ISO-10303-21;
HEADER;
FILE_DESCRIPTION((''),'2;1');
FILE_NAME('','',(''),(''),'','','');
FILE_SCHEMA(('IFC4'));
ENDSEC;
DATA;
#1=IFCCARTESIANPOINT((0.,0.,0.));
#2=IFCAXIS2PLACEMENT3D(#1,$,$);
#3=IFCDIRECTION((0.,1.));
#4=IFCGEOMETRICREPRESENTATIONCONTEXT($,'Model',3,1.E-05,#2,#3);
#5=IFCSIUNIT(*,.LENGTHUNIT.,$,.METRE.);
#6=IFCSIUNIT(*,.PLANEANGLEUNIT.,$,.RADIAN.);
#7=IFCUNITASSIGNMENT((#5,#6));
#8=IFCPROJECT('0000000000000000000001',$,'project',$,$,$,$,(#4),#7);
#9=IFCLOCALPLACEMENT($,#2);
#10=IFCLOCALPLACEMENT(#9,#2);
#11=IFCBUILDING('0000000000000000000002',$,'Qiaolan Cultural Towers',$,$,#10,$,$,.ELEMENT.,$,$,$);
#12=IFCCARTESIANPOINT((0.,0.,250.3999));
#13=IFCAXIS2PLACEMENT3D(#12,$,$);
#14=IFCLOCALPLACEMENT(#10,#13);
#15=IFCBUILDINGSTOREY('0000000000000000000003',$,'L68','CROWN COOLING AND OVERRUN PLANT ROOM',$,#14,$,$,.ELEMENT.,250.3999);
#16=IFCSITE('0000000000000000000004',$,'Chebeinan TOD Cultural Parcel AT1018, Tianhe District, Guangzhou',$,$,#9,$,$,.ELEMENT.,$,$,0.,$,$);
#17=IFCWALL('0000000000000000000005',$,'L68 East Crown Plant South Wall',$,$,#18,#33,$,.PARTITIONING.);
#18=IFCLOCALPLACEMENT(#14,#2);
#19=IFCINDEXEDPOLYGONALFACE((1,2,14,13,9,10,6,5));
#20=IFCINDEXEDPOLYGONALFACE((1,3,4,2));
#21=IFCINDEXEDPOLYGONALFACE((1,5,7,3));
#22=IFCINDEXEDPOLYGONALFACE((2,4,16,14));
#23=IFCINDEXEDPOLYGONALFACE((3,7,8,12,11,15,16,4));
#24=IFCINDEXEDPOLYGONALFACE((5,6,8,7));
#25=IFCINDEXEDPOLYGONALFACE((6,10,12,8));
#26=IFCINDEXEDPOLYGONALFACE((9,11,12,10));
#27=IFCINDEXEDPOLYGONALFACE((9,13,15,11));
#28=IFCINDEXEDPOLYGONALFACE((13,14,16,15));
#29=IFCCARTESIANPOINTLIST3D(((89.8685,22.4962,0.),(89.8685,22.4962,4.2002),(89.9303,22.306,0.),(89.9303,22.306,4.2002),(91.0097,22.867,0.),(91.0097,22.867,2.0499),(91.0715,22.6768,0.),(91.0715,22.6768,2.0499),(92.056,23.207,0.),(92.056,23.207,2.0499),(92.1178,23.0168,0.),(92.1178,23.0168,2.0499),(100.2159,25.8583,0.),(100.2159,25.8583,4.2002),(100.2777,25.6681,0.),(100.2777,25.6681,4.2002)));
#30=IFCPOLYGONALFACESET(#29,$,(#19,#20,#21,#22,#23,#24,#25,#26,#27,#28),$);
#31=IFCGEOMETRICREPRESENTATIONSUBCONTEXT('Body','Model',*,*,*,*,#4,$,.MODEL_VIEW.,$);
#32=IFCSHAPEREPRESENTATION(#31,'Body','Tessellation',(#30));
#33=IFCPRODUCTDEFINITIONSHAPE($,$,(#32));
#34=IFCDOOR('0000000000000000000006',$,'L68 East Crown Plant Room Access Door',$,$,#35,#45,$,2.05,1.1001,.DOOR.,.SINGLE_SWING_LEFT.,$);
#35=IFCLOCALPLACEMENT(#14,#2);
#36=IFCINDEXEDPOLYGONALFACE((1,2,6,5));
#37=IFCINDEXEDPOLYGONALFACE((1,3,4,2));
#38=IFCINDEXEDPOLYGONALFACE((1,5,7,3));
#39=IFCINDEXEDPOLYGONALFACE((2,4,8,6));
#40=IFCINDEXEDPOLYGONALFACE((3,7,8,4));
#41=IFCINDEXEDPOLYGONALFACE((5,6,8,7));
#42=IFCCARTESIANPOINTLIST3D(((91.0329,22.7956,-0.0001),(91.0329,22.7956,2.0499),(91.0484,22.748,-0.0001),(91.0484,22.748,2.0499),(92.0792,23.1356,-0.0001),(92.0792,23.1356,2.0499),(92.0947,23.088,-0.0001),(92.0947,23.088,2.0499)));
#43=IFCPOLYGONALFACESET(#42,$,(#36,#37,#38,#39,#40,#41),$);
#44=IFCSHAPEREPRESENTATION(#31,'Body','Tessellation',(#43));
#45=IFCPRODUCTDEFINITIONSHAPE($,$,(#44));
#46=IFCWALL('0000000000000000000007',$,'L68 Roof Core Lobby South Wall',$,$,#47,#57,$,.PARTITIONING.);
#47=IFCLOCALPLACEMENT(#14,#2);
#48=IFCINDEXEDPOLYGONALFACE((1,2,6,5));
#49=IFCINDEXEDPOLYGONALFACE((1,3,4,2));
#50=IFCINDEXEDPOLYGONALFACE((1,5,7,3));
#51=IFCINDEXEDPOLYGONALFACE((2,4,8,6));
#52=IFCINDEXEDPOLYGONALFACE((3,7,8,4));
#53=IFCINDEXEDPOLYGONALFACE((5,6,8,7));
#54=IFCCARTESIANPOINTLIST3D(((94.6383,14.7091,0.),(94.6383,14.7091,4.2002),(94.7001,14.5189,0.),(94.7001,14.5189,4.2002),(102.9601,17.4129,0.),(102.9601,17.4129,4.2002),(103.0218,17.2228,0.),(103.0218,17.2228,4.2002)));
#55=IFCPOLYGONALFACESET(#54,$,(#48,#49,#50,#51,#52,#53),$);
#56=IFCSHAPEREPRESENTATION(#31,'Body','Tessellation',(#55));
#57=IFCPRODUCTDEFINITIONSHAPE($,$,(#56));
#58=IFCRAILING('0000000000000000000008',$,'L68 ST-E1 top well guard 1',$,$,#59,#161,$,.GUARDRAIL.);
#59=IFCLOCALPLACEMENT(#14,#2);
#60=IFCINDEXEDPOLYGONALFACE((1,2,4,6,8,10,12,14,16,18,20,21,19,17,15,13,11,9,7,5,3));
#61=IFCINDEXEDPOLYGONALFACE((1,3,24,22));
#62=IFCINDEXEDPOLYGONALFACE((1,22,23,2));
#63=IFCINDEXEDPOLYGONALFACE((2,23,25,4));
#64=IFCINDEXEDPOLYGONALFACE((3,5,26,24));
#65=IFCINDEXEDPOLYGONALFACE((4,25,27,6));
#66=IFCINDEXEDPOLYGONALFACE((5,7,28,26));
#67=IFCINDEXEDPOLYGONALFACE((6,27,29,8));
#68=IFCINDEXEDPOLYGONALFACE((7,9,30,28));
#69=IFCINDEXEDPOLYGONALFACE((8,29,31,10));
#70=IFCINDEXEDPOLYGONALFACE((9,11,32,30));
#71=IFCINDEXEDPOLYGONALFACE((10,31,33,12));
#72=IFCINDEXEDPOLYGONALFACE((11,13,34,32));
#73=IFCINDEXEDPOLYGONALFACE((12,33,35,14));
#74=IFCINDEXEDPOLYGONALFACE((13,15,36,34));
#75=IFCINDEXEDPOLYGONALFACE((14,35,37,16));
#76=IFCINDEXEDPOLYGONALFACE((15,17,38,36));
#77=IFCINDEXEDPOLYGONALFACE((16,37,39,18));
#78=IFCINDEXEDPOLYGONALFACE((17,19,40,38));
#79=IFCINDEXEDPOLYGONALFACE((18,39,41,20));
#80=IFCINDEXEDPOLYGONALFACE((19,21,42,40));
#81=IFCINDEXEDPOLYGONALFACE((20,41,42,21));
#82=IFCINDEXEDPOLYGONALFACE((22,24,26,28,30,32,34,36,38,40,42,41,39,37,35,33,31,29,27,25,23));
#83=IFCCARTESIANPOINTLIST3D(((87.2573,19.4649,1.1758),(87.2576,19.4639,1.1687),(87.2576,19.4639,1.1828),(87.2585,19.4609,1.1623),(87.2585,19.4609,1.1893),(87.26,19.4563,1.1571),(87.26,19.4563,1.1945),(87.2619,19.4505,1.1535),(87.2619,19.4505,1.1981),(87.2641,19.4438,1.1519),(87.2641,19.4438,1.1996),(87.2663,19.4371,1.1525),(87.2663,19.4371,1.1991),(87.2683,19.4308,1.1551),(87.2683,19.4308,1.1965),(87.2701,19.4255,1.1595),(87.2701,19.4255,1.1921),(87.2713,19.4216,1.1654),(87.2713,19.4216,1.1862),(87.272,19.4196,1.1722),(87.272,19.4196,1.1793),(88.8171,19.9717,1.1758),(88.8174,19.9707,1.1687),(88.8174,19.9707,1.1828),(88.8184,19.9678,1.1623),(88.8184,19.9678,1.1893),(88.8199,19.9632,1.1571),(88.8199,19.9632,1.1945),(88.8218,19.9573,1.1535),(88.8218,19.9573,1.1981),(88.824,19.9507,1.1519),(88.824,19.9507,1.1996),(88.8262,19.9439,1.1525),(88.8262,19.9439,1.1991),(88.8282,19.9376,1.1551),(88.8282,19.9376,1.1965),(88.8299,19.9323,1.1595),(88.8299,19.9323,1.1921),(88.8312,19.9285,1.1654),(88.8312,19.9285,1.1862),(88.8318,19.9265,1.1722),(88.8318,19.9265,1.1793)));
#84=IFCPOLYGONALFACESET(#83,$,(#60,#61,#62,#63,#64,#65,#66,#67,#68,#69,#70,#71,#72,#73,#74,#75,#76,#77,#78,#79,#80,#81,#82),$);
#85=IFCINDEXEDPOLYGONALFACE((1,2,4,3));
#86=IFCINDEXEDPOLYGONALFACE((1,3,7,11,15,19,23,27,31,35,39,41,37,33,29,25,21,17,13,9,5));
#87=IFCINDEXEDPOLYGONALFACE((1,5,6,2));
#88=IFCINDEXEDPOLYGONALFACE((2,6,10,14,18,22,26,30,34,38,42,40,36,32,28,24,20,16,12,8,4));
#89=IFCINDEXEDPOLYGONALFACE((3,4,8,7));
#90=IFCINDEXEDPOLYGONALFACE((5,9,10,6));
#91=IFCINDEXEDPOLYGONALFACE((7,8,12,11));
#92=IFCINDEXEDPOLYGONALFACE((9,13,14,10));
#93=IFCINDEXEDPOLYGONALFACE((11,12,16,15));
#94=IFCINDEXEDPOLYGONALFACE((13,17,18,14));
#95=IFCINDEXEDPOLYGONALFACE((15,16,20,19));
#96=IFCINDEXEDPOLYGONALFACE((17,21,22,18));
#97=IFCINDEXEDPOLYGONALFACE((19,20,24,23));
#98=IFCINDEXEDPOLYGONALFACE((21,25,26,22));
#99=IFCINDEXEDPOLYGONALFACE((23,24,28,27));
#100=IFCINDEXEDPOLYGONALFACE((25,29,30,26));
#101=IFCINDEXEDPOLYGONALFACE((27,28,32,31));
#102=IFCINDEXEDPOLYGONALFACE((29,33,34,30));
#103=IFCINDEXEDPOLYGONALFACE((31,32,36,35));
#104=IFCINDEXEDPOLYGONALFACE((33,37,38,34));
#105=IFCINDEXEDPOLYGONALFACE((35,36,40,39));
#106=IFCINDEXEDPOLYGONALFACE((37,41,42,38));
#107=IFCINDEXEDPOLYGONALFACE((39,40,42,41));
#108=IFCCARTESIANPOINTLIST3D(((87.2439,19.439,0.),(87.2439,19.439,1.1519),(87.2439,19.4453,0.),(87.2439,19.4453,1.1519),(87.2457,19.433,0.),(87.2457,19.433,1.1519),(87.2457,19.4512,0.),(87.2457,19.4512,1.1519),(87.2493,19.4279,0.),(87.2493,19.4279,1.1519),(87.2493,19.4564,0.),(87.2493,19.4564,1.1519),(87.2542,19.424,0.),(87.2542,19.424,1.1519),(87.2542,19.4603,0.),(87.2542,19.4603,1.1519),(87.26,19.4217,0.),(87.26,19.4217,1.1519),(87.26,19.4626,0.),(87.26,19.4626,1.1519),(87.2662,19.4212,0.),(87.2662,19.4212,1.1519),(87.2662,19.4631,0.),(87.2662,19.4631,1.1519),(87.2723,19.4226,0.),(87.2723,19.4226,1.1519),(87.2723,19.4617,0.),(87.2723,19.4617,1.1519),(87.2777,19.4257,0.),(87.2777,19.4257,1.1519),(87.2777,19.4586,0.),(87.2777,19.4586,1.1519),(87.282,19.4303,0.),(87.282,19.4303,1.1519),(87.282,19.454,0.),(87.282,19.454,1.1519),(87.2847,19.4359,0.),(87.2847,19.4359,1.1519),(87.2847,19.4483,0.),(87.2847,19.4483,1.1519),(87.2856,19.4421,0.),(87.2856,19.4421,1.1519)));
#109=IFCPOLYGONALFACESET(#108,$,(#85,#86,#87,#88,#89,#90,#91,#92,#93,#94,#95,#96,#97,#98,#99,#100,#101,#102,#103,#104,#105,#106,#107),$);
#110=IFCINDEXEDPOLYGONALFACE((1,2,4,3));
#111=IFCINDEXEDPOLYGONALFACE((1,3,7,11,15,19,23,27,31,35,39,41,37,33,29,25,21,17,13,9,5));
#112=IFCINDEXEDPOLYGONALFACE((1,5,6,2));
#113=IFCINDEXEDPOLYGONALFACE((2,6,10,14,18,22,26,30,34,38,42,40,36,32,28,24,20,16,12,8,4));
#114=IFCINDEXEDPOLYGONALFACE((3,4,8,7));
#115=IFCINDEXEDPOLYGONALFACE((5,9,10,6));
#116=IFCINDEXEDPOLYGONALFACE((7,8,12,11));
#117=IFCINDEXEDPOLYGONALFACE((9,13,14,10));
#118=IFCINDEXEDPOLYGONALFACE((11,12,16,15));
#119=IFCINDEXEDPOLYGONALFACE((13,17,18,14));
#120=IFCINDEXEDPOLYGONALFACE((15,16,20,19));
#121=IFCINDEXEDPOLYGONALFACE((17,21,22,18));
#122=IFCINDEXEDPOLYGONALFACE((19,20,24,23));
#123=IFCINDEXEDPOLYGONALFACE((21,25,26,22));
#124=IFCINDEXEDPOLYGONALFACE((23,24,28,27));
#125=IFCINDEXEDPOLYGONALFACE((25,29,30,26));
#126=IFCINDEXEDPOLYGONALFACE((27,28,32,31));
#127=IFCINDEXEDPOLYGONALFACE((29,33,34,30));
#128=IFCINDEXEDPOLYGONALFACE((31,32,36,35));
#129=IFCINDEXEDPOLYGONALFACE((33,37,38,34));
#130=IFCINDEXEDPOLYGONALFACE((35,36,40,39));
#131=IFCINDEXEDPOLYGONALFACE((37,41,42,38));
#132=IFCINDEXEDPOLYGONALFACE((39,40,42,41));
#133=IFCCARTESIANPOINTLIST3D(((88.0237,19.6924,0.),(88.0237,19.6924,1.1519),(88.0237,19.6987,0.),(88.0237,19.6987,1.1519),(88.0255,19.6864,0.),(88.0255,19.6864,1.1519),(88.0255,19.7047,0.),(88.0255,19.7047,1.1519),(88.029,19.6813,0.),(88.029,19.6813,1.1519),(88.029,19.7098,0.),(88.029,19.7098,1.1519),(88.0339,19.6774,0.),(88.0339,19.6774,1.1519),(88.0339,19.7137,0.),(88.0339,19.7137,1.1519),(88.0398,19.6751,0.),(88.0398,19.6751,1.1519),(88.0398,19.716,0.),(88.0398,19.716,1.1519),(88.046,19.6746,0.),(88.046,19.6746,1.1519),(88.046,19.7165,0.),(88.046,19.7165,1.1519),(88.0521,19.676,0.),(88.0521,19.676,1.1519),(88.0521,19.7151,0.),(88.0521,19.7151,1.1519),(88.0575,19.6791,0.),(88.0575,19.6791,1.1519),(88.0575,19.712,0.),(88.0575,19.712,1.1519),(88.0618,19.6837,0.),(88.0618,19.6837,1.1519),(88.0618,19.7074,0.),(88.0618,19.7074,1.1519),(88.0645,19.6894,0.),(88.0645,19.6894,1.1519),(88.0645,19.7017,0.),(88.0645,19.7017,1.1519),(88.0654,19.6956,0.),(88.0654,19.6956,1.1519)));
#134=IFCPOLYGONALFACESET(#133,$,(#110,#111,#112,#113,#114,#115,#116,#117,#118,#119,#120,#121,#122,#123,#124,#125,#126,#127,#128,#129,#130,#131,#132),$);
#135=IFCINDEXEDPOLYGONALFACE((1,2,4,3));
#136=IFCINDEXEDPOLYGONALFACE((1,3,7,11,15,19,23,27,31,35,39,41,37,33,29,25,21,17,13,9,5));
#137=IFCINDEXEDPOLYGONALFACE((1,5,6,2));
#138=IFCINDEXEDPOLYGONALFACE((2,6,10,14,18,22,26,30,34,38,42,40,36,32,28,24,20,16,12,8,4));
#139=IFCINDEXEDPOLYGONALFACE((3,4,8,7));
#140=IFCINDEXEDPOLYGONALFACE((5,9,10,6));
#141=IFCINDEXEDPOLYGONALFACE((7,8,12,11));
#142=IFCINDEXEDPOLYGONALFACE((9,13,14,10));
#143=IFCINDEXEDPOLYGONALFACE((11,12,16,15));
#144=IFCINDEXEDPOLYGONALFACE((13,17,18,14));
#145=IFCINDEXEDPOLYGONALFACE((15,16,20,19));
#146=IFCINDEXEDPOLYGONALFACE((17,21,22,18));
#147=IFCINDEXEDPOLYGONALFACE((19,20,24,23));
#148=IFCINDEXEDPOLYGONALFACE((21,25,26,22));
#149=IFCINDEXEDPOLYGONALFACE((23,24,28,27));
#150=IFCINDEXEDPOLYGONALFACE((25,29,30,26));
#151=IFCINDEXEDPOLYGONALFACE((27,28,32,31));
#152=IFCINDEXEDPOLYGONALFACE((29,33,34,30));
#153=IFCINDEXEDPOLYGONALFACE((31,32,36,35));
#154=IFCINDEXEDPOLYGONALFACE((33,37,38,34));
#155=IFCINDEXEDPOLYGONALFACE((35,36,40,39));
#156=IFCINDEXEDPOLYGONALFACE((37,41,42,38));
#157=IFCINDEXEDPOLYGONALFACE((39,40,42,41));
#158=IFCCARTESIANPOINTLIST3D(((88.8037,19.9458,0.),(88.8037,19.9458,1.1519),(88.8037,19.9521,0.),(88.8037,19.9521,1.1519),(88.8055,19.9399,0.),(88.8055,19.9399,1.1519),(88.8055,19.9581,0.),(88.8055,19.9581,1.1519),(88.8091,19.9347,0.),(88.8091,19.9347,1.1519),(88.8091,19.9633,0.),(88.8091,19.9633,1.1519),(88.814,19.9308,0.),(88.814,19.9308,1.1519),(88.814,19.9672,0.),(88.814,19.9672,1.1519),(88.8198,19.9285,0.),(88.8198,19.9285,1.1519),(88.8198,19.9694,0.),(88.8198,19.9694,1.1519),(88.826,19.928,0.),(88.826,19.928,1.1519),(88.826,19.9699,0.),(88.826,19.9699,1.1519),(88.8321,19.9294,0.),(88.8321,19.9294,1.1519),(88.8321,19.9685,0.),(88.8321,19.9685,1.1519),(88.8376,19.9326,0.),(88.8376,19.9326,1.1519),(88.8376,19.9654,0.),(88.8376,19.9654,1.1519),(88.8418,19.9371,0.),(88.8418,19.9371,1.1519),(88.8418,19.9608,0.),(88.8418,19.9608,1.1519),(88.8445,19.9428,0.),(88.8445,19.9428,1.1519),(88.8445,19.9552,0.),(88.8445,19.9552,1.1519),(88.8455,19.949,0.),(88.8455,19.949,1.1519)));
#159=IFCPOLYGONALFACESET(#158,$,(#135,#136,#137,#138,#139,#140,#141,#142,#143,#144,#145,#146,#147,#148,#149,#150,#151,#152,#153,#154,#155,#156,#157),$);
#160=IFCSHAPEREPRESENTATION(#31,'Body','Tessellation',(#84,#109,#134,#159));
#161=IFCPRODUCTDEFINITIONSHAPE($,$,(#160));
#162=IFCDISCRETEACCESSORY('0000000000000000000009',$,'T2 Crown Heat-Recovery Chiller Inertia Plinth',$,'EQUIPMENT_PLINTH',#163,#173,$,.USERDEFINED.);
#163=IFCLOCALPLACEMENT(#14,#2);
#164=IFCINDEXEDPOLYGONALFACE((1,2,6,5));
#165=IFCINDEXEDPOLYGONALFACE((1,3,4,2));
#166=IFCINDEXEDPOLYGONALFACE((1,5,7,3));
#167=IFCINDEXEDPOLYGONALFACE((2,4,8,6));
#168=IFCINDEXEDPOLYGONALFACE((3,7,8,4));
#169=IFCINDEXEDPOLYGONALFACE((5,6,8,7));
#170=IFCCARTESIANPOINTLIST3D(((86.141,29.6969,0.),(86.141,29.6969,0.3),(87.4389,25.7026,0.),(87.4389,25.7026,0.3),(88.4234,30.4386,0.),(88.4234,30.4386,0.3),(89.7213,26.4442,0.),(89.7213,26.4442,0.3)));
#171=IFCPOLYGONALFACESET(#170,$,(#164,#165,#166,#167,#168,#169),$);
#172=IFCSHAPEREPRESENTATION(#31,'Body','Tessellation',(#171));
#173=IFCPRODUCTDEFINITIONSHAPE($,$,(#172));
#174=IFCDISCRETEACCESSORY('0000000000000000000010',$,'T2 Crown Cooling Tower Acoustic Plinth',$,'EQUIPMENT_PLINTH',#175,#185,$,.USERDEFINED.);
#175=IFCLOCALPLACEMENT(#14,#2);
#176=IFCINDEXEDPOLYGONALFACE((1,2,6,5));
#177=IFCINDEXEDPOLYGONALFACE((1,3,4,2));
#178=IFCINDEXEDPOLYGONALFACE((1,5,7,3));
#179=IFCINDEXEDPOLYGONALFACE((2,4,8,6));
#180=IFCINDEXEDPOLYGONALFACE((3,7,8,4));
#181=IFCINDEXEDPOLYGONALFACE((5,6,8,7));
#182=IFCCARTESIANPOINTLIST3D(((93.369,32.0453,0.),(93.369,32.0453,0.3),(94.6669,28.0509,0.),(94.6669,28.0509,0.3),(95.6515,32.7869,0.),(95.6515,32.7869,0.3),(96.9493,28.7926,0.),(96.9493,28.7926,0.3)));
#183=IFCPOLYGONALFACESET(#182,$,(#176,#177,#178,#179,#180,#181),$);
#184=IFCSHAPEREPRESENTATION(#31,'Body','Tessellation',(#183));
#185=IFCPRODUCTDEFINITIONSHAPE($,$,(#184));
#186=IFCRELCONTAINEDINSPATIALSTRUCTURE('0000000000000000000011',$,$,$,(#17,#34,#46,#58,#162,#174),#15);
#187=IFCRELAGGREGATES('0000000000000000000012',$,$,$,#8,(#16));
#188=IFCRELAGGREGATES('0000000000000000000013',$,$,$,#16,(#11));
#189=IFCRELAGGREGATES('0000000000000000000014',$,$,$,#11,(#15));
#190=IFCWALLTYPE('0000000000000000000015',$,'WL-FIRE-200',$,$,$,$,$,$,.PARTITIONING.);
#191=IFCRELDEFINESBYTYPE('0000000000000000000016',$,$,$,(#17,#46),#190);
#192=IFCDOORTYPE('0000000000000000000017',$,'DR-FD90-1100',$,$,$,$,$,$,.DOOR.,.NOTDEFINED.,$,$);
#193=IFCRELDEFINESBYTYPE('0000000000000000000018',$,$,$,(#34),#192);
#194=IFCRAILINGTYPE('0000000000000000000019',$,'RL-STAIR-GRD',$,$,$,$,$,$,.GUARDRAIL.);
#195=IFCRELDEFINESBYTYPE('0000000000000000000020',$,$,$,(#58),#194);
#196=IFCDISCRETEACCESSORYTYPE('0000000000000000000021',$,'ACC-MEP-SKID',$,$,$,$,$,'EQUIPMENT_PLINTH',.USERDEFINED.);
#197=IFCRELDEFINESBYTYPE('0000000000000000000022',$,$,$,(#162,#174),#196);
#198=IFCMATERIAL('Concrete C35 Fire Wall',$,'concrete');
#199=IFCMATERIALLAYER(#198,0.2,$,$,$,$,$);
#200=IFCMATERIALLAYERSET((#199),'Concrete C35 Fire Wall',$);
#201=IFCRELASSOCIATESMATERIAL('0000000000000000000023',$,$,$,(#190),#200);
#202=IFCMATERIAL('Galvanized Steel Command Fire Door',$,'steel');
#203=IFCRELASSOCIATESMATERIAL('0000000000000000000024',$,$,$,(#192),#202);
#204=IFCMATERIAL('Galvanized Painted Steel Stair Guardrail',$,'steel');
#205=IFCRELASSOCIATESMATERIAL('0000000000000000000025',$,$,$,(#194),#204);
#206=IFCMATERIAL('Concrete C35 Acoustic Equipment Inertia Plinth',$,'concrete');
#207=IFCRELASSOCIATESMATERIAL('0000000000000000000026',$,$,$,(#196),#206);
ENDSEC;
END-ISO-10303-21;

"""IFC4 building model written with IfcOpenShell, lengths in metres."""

from ifc_helpers import new_model, si_unit, direction, frame, frame_2d, origin, origin_2d, place, context, subcontext, project, spatial, rectangle, circle, extrude, material, layer, layer_set, type_object, element, fill, save


model = new_model("IFC4")

# Units and contexts
model_context = context("Model", 3, precision=1e-05, world=origin(), true_north=direction((0.0, 1.0)))
body_context = subcontext(model_context, "Body", "Model", "MODEL_VIEW")
ifc_project = project(units=[si_unit("LENGTHUNIT", "METRE"), si_unit("PLANEANGLEUNIT", "RADIAN")], contexts=[model_context])

# Site, building, storey
site_placement = place(None, origin())
site = spatial("IfcSite", under=ifc_project, at=site_placement, Name="Chebeinan TOD Cultural Parcel AT1018, Tianhe District, Guangzhou", CompositionType="ELEMENT", RefElevation=0.0)
building_placement = place(site_placement, origin())
building = spatial("IfcBuilding", under=site, at=building_placement, Name="Qiaolan Cultural Towers", CompositionType="ELEMENT")
storey_placement = place(building_placement, frame((0.0, 0.0, 250.3999)))
storey = spatial("IfcBuildingStorey", under=building, at=storey_placement, Name="L68", Description="CROWN COOLING AND OVERRUN PLANT ROOM", CompositionType="ELEMENT", Elevation=250.3999)

# Shared definitions
ifc_material_1 = material(Name="Concrete C35 Fire Wall", Category="concrete")
ifc_layer_1 = layer(ifc_material_1, 0.2)
ifc_layer_set_1 = layer_set([ifc_layer_1], Name="Concrete C35 Fire Wall")
wall_type_1 = type_object("IfcWallType", Name="WL-FIRE-200", PredefinedType="PARTITIONING", material=ifc_layer_set_1)

# Wall, opening, door
wall_1_placement = place(storey_placement, frame((89.8994, 22.4011, 0.0), z_axis=(0.0, 0.0, 1.0), x_axis=(0.951057, 0.309016, 0.0)))
wall_1 = element("IfcWall", 1, at=wall_1_placement, inside=storey, type_object=wall_type_1, Name="L68 East Crown Plant South Wall", PredefinedType="PARTITIONING", context=body_context, shape_type="SweptSolid", body=[
    extrude(rectangle(XDim=10.8799, YDim=0.2, at=frame_2d((5.4399, 0.0))), origin(), (0.0, 0.0, 1.0), 4.2002),
])
opening_1_placement = place(wall_1_placement, frame((1.2, 0.0, 0.0)))
opening_1 = element("IfcOpeningElement", 2, at=opening_1_placement, cuts=wall_1, PredefinedType="OPENING", context=body_context, shape_type="SweptSolid", body=[
    extrude(rectangle(XDim=1.1001, YDim=2.05, at=frame_2d((0.55, 1.0249))), frame((0.0, 0.1099, 0.0), z_axis=(0.0, -1.0, 0.0), x_axis=(1.0, 0.0, 0.0)), (0.0, 0.0, 1.0), 0.22),
])
ifc_material_2 = material(Name="Galvanized Steel Command Fire Door", Category="steel")
door_type_1 = type_object("IfcDoorType", Name="DR-FD90-1100", OperationType="NOTDEFINED", PredefinedType="DOOR", material=ifc_material_2)
door_1_placement = place(opening_1_placement, origin())
door_1 = element("IfcDoor", 3, at=door_1_placement, inside=storey, type_object=door_type_1, Name="L68 East Crown Plant Room Access Door", OperationType="SINGLE_SWING_LEFT", OverallHeight=2.05, OverallWidth=1.1001, PredefinedType="DOOR", context=body_context, shape_type="SweptSolid", body=[
    extrude(rectangle(XDim=1.1001, YDim=2.05, at=frame_2d((0.55, 1.0249))), frame((0.0, 0.0249, 0.0), z_axis=(0.0, -1.0, 0.0), x_axis=(1.0, 0.0, 0.0)), (0.0, 0.0, 1.0), 0.05),
])
fill(opening_1, door_1)

# Wall
wall_2_placement = place(storey_placement, frame((94.6692, 14.614, 0.0), z_axis=(0.0, 0.0, 1.0), x_axis=(0.951058, 0.309012, 0.0)))
element("IfcWall", 4, at=wall_2_placement, inside=storey, type_object=wall_type_1, Name="L68 Roof Core Lobby South Wall", PredefinedType="PARTITIONING", context=body_context, shape_type="SweptSolid", body=[
    extrude(rectangle(XDim=8.75, YDim=0.2, at=frame_2d((4.375, 0.0))), origin(), (0.0, 0.0, 1.0), 4.2002),
])

# Railing
ifc_material_3 = material(Name="Galvanized Painted Steel Stair Guardrail", Category="steel")
railing_type = type_object("IfcRailingType", Name="RL-STAIR-GRD", PredefinedType="GUARDRAIL", material=ifc_material_3)
railing_placement = place(storey_placement, frame((87.2646, 19.4421, 0.0)))
element("IfcRailing", 5, at=railing_placement, inside=storey, type_object=railing_type, Name="L68 ST-E1 top well guard 1", PredefinedType="GUARDRAIL", context=body_context, shape_type="SweptSolid", body=[
    extrude(circle(Radius=0.0239, at=origin_2d()), frame((0.0, 0.0, 1.1758), z_axis=(0.951053, 0.309029, 0.0), x_axis=(-0.309029, 0.951053, 0.0)), (0.0, 0.0, 1.0), 1.6401),
    extrude(circle(Radius=0.021, at=origin_2d()), origin(), (0.0, 0.0, 1.0), 1.1519),
    extrude(circle(Radius=0.021, at=origin_2d()), frame((0.7798, 0.2534, 0.0)), (0.0, 0.0, 1.0), 1.1519),
    extrude(circle(Radius=0.021, at=origin_2d()), frame((1.5598, 0.5068, 0.0)), (0.0, 0.0, 1.0), 1.1519),
])

# Discrete accessories
ifc_material_4 = material(Name="Concrete C35 Acoustic Equipment Inertia Plinth", Category="concrete")
discrete_accessory_type = type_object("IfcDiscreteAccessoryType", Name="ACC-MEP-SKID", ElementType="EQUIPMENT_PLINTH", PredefinedType="USERDEFINED", material=ifc_material_4)
for number, where, z_axis, x_axis, name in (
    (6, (87.9312, 28.0706, 0.0), (0.0, 0.0, 1.0), (0.951057, 0.309017, 0.0), "T2 Crown Heat-Recovery Chiller Inertia Plinth"),
    (7, (95.1592, 30.4189, 0.0), (0.0, 0.0, 1.0), (0.951057, 0.309017, 0.0), "T2 Crown Cooling Tower Acoustic Plinth"),
):
    element("IfcDiscreteAccessory", number, at=place(storey_placement, frame(where, z_axis=z_axis, x_axis=x_axis)), inside=storey, type_object=discrete_accessory_type, Name=name, ObjectType="EQUIPMENT_PLINTH", PredefinedType="USERDEFINED", context=body_context, shape_type="SweptSolid", body=[
        extrude(rectangle(XDim=2.3999, YDim=4.2, at=origin_2d()), origin(), (0.0, 0.0, 1.0), 0.3),
    ])

save(model, "model.ifc")
